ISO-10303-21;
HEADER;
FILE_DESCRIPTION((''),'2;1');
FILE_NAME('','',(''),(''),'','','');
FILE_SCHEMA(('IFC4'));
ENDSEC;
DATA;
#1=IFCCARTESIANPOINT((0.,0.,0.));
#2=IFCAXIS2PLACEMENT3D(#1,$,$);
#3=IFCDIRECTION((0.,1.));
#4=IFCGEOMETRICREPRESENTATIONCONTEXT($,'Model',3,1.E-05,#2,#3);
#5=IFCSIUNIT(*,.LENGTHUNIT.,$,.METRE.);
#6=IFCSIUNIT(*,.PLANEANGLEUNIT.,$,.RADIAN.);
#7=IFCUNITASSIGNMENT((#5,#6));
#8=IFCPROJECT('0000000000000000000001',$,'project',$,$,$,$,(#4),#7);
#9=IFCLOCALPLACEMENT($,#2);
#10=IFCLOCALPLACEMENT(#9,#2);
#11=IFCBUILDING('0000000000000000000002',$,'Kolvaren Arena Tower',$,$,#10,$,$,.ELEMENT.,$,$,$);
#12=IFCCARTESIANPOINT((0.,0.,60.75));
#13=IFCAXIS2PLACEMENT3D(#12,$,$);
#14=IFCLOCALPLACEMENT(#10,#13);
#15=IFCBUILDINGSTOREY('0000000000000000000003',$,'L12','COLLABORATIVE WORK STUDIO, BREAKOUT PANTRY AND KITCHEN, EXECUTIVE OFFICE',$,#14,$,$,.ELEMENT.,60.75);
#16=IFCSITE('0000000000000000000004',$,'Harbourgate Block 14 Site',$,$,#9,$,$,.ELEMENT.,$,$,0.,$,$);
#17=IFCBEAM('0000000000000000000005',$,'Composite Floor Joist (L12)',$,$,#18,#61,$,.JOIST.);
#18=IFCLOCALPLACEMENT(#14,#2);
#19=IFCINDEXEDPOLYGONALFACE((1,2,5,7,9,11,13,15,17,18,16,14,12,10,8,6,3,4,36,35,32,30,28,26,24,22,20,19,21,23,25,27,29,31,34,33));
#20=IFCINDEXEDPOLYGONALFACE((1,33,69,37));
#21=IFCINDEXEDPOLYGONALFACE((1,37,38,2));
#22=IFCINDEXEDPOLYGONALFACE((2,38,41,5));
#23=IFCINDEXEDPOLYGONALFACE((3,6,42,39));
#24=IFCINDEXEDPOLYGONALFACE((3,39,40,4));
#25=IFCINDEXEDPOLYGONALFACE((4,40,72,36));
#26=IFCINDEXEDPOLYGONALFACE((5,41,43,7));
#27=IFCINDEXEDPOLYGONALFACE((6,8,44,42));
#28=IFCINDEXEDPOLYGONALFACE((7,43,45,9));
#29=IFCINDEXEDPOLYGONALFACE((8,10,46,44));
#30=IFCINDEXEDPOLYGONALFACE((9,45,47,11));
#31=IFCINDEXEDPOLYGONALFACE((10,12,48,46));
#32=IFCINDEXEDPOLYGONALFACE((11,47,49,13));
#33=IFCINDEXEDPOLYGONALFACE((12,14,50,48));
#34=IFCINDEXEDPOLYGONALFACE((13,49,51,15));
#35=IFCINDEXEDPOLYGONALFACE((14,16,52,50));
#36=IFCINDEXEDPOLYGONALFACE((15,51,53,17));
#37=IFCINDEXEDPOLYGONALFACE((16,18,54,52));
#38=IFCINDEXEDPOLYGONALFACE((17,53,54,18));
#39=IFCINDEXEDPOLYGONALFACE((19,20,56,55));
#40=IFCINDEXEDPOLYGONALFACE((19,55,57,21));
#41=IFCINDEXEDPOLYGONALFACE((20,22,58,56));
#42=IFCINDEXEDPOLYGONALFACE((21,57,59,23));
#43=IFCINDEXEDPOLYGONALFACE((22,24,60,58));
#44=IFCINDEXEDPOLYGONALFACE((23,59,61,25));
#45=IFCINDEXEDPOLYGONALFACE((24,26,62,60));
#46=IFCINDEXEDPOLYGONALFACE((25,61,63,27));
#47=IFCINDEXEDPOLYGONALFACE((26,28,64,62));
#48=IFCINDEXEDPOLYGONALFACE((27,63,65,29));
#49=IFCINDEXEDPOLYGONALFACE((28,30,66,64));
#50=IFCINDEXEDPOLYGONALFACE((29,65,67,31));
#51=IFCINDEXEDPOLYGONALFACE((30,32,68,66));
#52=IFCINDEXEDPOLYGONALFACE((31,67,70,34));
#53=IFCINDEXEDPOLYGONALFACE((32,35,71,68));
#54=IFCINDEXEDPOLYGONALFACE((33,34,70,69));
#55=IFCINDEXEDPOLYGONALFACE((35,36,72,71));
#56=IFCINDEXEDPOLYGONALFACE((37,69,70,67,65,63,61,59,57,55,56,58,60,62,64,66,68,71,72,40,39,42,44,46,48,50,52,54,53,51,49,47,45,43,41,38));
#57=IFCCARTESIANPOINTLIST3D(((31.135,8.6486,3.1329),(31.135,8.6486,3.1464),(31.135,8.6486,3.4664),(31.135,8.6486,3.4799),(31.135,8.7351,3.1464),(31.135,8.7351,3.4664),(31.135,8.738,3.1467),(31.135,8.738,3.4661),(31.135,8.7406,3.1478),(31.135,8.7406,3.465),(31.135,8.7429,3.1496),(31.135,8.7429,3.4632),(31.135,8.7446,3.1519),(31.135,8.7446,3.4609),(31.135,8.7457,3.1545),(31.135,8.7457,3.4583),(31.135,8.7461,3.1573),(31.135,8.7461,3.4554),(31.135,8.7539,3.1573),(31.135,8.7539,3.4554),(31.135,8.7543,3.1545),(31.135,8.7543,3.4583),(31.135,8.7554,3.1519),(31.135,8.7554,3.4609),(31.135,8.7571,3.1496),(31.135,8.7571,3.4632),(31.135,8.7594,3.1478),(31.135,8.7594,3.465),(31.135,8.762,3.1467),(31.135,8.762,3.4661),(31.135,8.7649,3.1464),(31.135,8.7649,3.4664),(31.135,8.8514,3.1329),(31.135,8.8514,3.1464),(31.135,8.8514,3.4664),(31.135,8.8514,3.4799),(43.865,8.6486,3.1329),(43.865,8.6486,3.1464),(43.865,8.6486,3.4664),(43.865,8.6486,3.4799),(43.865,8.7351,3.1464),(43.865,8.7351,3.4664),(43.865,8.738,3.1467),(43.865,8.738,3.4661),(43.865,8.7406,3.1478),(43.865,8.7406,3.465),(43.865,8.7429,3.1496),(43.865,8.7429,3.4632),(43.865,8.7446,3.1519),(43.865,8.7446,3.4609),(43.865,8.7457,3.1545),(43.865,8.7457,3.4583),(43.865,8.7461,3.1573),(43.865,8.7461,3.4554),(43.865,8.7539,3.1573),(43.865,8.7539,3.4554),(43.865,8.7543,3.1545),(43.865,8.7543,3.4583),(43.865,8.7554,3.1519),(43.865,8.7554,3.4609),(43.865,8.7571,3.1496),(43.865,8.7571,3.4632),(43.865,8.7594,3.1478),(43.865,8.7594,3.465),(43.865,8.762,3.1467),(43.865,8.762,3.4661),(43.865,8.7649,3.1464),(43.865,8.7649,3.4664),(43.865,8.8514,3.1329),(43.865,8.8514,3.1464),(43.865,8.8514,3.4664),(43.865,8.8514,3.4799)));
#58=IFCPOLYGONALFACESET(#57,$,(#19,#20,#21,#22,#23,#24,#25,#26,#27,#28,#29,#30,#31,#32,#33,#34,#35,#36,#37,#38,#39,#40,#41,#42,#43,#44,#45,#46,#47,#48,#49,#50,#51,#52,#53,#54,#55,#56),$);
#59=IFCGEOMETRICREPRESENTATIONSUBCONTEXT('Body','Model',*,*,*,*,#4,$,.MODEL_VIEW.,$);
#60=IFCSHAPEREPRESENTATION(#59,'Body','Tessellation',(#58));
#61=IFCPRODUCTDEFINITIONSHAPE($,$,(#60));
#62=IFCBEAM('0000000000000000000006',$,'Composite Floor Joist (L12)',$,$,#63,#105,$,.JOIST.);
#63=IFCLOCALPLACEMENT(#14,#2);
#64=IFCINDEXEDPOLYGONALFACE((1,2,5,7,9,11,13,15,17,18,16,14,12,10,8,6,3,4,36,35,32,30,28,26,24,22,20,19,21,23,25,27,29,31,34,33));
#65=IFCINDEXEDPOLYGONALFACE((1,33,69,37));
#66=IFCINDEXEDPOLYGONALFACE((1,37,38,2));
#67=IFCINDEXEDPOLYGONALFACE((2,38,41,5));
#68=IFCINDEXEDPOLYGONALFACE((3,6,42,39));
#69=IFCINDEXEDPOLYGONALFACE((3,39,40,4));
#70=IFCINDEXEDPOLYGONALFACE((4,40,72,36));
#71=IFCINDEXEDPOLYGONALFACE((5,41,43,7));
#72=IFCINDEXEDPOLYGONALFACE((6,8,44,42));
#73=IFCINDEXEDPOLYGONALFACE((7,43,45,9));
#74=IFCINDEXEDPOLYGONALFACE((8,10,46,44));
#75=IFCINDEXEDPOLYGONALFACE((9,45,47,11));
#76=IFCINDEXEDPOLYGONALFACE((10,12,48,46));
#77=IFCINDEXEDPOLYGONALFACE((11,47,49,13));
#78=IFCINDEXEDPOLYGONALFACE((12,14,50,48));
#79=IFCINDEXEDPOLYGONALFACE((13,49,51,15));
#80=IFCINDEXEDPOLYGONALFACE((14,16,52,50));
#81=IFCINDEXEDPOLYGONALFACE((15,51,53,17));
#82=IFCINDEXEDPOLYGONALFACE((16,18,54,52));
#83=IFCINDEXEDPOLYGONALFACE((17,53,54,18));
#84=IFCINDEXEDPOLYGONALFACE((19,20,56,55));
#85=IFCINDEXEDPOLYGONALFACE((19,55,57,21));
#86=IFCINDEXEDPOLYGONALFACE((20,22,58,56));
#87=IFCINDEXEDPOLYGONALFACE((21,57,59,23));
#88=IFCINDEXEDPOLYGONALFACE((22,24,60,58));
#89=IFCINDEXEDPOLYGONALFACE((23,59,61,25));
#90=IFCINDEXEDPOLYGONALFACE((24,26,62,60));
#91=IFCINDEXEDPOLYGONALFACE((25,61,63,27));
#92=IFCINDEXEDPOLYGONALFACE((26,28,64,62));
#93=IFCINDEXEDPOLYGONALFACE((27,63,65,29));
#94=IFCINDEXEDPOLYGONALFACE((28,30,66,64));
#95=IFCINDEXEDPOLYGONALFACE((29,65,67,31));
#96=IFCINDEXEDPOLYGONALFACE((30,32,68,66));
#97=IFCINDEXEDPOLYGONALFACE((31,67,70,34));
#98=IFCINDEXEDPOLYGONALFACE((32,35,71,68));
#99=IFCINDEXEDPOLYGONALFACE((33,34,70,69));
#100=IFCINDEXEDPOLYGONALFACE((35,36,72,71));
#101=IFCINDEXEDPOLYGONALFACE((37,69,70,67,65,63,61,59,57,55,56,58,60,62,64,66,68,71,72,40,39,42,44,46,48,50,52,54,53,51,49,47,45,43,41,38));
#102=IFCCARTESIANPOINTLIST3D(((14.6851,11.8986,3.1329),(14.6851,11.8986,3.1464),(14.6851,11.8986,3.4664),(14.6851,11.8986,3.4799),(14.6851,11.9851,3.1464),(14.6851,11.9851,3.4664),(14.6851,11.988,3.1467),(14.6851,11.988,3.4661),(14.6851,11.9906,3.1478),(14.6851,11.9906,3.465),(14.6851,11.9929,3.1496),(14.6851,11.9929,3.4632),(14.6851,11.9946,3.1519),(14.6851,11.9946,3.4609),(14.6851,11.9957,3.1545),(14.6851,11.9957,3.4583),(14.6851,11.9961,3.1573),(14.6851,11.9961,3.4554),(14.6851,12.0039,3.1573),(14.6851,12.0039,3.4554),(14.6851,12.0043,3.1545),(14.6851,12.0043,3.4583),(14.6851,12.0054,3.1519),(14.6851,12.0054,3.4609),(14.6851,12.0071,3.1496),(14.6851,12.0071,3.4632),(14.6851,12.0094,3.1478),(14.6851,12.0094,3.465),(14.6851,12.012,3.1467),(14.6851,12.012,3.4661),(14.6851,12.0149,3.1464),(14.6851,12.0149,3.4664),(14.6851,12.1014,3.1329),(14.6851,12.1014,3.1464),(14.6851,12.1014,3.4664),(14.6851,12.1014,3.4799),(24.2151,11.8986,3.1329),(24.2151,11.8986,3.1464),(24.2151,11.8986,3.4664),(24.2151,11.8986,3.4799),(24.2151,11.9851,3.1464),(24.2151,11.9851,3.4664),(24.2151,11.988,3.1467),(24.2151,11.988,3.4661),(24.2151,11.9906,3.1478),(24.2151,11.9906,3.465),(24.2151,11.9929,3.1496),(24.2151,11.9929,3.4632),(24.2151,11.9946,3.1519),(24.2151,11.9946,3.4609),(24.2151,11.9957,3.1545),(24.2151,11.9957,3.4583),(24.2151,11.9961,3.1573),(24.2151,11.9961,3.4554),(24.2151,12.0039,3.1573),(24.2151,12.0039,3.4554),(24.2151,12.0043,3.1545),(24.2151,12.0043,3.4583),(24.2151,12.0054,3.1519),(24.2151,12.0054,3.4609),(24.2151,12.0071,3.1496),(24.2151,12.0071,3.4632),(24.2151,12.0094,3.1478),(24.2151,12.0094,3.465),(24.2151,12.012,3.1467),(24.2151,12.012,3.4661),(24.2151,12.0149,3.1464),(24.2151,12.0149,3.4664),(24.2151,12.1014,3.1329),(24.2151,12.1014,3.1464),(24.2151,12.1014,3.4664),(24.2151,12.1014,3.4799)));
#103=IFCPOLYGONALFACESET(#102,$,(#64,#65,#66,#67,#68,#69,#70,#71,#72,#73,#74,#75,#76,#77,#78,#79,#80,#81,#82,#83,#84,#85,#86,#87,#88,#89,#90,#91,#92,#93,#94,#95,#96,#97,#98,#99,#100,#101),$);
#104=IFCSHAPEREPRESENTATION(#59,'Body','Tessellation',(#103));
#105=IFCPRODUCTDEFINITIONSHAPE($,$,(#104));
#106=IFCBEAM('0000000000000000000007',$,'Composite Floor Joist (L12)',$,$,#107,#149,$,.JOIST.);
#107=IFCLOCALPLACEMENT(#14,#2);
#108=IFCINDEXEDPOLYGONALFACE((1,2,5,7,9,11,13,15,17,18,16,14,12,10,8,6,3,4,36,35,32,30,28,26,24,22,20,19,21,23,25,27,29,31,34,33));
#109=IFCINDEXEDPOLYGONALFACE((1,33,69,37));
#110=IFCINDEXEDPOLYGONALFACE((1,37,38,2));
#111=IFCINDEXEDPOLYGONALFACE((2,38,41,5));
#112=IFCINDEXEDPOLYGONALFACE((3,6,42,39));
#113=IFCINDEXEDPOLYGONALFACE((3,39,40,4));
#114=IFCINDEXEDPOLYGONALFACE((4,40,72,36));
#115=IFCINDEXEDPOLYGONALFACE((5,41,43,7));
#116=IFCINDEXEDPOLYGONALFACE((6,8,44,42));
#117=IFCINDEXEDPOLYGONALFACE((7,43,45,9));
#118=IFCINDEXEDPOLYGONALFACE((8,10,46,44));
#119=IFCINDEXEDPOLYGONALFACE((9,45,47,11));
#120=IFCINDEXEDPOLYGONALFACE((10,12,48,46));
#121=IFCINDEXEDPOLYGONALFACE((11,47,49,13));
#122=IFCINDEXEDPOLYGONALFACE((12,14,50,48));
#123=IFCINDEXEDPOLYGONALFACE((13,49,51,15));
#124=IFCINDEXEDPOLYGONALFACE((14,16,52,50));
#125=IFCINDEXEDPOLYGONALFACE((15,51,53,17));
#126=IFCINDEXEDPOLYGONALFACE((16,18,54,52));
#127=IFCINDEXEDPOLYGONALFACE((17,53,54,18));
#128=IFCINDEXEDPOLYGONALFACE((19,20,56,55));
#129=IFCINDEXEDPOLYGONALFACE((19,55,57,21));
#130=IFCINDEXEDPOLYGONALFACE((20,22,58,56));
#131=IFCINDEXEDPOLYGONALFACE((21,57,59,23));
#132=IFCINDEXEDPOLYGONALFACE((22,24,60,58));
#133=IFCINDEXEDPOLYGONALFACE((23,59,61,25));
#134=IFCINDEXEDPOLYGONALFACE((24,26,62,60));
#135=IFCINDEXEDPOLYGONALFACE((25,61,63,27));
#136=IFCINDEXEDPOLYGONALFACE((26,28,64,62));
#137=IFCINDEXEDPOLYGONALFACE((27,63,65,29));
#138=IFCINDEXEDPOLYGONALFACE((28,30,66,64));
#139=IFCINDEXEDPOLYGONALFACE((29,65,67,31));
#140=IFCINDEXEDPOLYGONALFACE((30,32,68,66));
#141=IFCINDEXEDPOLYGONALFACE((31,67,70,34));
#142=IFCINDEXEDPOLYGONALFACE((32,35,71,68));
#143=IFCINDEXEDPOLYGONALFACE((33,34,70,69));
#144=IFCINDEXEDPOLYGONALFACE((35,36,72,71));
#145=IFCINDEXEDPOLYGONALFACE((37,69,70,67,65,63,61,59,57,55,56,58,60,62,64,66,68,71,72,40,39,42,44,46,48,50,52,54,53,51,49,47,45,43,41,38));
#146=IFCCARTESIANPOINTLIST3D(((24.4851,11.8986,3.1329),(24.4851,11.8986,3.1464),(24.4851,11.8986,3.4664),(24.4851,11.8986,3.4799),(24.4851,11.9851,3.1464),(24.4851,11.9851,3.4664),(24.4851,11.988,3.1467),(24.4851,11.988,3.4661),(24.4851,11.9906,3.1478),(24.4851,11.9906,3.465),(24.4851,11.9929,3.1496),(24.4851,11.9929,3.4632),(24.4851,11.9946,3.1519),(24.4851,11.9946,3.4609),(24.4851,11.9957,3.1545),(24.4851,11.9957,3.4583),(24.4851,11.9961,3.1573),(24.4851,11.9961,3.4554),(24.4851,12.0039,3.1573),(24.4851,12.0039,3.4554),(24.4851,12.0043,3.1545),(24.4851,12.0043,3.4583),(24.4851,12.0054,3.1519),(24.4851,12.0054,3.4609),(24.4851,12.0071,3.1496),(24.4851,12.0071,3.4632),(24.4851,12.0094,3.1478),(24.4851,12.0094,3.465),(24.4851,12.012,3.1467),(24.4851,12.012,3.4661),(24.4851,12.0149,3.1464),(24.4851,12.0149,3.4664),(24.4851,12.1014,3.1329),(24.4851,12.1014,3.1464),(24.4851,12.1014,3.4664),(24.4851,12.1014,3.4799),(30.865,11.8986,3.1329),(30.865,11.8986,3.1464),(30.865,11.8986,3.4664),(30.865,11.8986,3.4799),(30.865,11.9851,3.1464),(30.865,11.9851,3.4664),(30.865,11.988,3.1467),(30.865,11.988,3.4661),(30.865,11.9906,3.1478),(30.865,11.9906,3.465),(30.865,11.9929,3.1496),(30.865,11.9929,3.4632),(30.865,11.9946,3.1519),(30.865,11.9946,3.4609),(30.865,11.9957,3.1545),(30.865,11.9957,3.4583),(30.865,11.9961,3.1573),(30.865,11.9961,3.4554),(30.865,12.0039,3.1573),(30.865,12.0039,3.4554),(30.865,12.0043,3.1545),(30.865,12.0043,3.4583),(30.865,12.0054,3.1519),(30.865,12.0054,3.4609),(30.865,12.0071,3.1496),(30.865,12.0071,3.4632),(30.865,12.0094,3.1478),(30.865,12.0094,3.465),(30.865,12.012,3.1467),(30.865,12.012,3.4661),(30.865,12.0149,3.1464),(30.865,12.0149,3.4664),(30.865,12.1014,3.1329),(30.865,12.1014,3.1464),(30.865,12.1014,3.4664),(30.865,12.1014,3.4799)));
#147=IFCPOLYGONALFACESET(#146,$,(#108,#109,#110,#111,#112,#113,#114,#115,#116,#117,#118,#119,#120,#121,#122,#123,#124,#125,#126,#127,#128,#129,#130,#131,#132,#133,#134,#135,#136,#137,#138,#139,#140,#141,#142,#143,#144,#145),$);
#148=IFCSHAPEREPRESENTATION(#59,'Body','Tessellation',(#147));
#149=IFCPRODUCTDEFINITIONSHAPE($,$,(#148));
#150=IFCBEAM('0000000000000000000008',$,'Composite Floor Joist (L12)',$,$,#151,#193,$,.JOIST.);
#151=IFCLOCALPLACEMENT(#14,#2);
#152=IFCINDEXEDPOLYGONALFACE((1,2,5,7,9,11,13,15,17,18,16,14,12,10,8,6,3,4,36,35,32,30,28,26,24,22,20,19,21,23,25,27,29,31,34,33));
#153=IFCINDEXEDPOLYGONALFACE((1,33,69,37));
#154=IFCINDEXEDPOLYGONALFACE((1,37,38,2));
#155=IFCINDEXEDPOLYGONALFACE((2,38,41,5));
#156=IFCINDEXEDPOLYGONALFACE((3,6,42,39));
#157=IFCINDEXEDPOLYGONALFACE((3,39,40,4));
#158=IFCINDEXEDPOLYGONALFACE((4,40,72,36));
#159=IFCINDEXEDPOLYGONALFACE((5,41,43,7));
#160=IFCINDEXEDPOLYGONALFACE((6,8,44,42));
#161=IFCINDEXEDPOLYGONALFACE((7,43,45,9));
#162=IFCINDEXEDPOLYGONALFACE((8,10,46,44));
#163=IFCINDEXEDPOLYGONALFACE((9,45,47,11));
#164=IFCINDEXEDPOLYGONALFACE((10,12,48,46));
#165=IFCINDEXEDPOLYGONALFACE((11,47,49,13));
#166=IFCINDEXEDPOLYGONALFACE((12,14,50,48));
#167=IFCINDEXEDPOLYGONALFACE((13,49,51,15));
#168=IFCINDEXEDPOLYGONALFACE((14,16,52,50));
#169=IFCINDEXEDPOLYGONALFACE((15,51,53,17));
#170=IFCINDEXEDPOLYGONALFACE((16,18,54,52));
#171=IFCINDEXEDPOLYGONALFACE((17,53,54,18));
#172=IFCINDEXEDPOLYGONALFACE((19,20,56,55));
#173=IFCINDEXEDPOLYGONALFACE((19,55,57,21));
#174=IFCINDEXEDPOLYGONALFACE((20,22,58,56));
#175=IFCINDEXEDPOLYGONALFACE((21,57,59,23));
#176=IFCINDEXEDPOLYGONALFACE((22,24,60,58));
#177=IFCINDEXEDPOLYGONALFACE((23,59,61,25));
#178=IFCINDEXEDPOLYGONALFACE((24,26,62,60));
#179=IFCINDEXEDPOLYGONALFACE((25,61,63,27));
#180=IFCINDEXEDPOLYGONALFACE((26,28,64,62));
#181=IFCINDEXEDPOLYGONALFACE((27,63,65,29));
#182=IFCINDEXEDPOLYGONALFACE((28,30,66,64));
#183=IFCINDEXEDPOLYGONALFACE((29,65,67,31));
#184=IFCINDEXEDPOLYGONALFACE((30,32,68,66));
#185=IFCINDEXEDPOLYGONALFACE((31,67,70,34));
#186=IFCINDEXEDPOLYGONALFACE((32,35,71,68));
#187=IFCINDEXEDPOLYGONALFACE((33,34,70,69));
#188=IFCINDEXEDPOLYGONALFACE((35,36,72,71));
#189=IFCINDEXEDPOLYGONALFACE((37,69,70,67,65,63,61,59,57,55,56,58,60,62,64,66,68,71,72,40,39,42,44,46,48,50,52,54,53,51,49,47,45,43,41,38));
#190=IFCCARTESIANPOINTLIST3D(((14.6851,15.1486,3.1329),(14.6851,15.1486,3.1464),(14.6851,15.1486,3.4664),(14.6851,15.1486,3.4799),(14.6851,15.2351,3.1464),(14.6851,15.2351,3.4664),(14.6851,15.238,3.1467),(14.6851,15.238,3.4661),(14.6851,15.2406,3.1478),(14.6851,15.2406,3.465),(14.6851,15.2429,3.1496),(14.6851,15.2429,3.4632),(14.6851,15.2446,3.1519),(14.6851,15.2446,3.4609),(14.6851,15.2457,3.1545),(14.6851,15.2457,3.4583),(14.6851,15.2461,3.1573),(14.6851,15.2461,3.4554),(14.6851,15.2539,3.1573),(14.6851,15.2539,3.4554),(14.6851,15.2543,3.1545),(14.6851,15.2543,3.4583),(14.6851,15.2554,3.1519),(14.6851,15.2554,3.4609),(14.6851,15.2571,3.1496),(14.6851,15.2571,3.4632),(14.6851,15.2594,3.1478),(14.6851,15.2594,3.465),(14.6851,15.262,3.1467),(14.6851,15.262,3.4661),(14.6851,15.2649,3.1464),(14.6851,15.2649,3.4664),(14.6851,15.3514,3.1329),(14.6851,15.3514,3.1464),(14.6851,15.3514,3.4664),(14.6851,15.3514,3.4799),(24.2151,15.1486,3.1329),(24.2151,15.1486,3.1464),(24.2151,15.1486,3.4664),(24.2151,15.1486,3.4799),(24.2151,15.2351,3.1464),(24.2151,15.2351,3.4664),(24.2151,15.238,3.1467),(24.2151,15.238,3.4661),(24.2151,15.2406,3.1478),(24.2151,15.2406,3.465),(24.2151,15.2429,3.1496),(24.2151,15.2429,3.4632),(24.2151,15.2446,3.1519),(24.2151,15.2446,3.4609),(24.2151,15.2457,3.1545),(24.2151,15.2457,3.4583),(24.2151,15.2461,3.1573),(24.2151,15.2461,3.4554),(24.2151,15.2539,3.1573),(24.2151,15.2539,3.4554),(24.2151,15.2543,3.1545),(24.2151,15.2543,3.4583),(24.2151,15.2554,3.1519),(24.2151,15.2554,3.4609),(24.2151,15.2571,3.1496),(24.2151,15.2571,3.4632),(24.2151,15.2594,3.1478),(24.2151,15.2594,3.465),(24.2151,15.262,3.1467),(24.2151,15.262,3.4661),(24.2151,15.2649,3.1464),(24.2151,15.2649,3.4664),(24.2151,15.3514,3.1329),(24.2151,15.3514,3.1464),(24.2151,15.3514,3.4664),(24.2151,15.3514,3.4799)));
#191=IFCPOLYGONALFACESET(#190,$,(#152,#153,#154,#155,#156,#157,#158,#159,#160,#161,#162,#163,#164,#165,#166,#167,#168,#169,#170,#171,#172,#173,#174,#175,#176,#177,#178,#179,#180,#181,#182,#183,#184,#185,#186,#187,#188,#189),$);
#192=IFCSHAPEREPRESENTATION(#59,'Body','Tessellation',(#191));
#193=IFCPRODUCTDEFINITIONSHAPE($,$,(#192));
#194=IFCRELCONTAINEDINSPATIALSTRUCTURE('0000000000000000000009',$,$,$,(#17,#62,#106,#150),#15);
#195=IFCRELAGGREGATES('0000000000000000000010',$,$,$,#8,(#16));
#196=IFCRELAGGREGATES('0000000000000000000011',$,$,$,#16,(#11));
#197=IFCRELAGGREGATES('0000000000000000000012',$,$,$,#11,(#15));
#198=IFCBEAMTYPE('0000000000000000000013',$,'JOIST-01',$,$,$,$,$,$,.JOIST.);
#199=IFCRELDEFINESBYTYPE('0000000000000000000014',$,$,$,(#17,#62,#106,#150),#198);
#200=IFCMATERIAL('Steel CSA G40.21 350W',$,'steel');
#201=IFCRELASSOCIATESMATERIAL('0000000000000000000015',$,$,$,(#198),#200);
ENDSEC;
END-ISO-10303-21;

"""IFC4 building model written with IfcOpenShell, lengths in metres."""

from ifc_helpers import new_model, si_unit, direction, frame, origin, origin_2d, place, context, subcontext, project, spatial, i_section, extrude, material, material_profile, profile_set, type_object, element, save


model = new_model("IFC4")

# Units and contexts
model_context = context("Model", 3, precision=1e-05, world=origin(), true_north=direction((0.0, 1.0)))
body_context = subcontext(model_context, "Body", "Model", "MODEL_VIEW")
ifc_project = project(units=[si_unit("LENGTHUNIT", "METRE"), si_unit("PLANEANGLEUNIT", "RADIAN")], contexts=[model_context])

# Site, building, storey
site_placement = place(None, origin())
site = spatial("IfcSite", under=ifc_project, at=site_placement, Name="Harbourgate Block 14 Site", CompositionType="ELEMENT", RefElevation=0.0)
building_placement = place(site_placement, origin())
building = spatial("IfcBuilding", under=site, at=building_placement, Name="Kolvaren Arena Tower", CompositionType="ELEMENT")
storey_placement = place(building_placement, frame((0.0, 0.0, 60.75)))
storey = spatial("IfcBuildingStorey", under=building, at=storey_placement, Name="L12", Description="COLLABORATIVE WORK STUDIO, BREAKOUT PANTRY AND KITCHEN, EXECUTIVE OFFICE", CompositionType="ELEMENT", Elevation=60.75)

# Beams
ifc_material_1 = material(Name="Steel CSA G40.21 350W", Category="steel")
ifc_material_profile_1 = material_profile(ifc_material_1, i_section(OverallWidth=0.2029, OverallDepth=0.3469, WebThickness=0.0078, FlangeThickness=0.0134, FilletRadius=0.011, at=origin_2d()), Name="W360x64")
ifc_profile_set_1 = profile_set([ifc_material_profile_1], Name="Steel CSA G40.21 350W")
beam_type_1 = type_object("IfcBeamType", Name="JOIST-01", PredefinedType="JOIST", material=ifc_profile_set_1)
beam_1_placement = place(storey_placement, frame((31.135, 8.75, 3.3064), z_axis=(1.0, 0.0, 0.0), x_axis=(0.0, 1.0, 0.0)))
element("IfcBeam", 1, at=beam_1_placement, inside=storey, type_object=beam_type_1, Name="Composite Floor Joist (L12)", PredefinedType="JOIST", context=body_context, shape_type="SweptSolid", body=[
    extrude(i_section(OverallWidth=0.2029, OverallDepth=0.3469, WebThickness=0.0078, FlangeThickness=0.0134, FilletRadius=0.011, at=origin_2d()), origin(), (0.0, 0.0, 1.0), 12.73),
])
beam_2_placement = place(storey_placement, frame((14.6851, 12.0, 3.3064), z_axis=(1.0, 0.0, 0.0), x_axis=(0.0, 1.0, 0.0)))
element("IfcBeam", 2, at=beam_2_placement, inside=storey, type_object=beam_type_1, Name="Composite Floor Joist (L12)", PredefinedType="JOIST", context=body_context, shape_type="SweptSolid", body=[
    extrude(i_section(OverallWidth=0.2029, OverallDepth=0.3469, WebThickness=0.0078, FlangeThickness=0.0134, FilletRadius=0.011, at=origin_2d()), origin(), (0.0, 0.0, 1.0), 9.53),
])
beam_3_placement = place(storey_placement, frame((24.4851, 12.0, 3.3064), z_axis=(1.0, 0.0, 0.0), x_axis=(0.0, 1.0, 0.0)))
element("IfcBeam", 3, at=beam_3_placement, inside=storey, type_object=beam_type_1, Name="Composite Floor Joist (L12)", PredefinedType="JOIST", context=body_context, shape_type="SweptSolid", body=[
    extrude(i_section(OverallWidth=0.2029, OverallDepth=0.3469, WebThickness=0.0078, FlangeThickness=0.0134, FilletRadius=0.011, at=origin_2d()), origin(), (0.0, 0.0, 1.0), 6.3799),
])
beam_4_placement = place(storey_placement, frame((14.6851, 15.25, 3.3064), z_axis=(1.0, 0.0, 0.0), x_axis=(0.0, 1.0, 0.0)))
element("IfcBeam", 4, at=beam_4_placement, inside=storey, type_object=beam_type_1, Name="Composite Floor Joist (L12)", PredefinedType="JOIST", context=body_context, shape_type="SweptSolid", body=[
    extrude(i_section(OverallWidth=0.2029, OverallDepth=0.3469, WebThickness=0.0078, FlangeThickness=0.0134, FilletRadius=0.011, at=origin_2d()), origin(), (0.0, 0.0, 1.0), 9.53),
])

save(model, "model.ifc")
